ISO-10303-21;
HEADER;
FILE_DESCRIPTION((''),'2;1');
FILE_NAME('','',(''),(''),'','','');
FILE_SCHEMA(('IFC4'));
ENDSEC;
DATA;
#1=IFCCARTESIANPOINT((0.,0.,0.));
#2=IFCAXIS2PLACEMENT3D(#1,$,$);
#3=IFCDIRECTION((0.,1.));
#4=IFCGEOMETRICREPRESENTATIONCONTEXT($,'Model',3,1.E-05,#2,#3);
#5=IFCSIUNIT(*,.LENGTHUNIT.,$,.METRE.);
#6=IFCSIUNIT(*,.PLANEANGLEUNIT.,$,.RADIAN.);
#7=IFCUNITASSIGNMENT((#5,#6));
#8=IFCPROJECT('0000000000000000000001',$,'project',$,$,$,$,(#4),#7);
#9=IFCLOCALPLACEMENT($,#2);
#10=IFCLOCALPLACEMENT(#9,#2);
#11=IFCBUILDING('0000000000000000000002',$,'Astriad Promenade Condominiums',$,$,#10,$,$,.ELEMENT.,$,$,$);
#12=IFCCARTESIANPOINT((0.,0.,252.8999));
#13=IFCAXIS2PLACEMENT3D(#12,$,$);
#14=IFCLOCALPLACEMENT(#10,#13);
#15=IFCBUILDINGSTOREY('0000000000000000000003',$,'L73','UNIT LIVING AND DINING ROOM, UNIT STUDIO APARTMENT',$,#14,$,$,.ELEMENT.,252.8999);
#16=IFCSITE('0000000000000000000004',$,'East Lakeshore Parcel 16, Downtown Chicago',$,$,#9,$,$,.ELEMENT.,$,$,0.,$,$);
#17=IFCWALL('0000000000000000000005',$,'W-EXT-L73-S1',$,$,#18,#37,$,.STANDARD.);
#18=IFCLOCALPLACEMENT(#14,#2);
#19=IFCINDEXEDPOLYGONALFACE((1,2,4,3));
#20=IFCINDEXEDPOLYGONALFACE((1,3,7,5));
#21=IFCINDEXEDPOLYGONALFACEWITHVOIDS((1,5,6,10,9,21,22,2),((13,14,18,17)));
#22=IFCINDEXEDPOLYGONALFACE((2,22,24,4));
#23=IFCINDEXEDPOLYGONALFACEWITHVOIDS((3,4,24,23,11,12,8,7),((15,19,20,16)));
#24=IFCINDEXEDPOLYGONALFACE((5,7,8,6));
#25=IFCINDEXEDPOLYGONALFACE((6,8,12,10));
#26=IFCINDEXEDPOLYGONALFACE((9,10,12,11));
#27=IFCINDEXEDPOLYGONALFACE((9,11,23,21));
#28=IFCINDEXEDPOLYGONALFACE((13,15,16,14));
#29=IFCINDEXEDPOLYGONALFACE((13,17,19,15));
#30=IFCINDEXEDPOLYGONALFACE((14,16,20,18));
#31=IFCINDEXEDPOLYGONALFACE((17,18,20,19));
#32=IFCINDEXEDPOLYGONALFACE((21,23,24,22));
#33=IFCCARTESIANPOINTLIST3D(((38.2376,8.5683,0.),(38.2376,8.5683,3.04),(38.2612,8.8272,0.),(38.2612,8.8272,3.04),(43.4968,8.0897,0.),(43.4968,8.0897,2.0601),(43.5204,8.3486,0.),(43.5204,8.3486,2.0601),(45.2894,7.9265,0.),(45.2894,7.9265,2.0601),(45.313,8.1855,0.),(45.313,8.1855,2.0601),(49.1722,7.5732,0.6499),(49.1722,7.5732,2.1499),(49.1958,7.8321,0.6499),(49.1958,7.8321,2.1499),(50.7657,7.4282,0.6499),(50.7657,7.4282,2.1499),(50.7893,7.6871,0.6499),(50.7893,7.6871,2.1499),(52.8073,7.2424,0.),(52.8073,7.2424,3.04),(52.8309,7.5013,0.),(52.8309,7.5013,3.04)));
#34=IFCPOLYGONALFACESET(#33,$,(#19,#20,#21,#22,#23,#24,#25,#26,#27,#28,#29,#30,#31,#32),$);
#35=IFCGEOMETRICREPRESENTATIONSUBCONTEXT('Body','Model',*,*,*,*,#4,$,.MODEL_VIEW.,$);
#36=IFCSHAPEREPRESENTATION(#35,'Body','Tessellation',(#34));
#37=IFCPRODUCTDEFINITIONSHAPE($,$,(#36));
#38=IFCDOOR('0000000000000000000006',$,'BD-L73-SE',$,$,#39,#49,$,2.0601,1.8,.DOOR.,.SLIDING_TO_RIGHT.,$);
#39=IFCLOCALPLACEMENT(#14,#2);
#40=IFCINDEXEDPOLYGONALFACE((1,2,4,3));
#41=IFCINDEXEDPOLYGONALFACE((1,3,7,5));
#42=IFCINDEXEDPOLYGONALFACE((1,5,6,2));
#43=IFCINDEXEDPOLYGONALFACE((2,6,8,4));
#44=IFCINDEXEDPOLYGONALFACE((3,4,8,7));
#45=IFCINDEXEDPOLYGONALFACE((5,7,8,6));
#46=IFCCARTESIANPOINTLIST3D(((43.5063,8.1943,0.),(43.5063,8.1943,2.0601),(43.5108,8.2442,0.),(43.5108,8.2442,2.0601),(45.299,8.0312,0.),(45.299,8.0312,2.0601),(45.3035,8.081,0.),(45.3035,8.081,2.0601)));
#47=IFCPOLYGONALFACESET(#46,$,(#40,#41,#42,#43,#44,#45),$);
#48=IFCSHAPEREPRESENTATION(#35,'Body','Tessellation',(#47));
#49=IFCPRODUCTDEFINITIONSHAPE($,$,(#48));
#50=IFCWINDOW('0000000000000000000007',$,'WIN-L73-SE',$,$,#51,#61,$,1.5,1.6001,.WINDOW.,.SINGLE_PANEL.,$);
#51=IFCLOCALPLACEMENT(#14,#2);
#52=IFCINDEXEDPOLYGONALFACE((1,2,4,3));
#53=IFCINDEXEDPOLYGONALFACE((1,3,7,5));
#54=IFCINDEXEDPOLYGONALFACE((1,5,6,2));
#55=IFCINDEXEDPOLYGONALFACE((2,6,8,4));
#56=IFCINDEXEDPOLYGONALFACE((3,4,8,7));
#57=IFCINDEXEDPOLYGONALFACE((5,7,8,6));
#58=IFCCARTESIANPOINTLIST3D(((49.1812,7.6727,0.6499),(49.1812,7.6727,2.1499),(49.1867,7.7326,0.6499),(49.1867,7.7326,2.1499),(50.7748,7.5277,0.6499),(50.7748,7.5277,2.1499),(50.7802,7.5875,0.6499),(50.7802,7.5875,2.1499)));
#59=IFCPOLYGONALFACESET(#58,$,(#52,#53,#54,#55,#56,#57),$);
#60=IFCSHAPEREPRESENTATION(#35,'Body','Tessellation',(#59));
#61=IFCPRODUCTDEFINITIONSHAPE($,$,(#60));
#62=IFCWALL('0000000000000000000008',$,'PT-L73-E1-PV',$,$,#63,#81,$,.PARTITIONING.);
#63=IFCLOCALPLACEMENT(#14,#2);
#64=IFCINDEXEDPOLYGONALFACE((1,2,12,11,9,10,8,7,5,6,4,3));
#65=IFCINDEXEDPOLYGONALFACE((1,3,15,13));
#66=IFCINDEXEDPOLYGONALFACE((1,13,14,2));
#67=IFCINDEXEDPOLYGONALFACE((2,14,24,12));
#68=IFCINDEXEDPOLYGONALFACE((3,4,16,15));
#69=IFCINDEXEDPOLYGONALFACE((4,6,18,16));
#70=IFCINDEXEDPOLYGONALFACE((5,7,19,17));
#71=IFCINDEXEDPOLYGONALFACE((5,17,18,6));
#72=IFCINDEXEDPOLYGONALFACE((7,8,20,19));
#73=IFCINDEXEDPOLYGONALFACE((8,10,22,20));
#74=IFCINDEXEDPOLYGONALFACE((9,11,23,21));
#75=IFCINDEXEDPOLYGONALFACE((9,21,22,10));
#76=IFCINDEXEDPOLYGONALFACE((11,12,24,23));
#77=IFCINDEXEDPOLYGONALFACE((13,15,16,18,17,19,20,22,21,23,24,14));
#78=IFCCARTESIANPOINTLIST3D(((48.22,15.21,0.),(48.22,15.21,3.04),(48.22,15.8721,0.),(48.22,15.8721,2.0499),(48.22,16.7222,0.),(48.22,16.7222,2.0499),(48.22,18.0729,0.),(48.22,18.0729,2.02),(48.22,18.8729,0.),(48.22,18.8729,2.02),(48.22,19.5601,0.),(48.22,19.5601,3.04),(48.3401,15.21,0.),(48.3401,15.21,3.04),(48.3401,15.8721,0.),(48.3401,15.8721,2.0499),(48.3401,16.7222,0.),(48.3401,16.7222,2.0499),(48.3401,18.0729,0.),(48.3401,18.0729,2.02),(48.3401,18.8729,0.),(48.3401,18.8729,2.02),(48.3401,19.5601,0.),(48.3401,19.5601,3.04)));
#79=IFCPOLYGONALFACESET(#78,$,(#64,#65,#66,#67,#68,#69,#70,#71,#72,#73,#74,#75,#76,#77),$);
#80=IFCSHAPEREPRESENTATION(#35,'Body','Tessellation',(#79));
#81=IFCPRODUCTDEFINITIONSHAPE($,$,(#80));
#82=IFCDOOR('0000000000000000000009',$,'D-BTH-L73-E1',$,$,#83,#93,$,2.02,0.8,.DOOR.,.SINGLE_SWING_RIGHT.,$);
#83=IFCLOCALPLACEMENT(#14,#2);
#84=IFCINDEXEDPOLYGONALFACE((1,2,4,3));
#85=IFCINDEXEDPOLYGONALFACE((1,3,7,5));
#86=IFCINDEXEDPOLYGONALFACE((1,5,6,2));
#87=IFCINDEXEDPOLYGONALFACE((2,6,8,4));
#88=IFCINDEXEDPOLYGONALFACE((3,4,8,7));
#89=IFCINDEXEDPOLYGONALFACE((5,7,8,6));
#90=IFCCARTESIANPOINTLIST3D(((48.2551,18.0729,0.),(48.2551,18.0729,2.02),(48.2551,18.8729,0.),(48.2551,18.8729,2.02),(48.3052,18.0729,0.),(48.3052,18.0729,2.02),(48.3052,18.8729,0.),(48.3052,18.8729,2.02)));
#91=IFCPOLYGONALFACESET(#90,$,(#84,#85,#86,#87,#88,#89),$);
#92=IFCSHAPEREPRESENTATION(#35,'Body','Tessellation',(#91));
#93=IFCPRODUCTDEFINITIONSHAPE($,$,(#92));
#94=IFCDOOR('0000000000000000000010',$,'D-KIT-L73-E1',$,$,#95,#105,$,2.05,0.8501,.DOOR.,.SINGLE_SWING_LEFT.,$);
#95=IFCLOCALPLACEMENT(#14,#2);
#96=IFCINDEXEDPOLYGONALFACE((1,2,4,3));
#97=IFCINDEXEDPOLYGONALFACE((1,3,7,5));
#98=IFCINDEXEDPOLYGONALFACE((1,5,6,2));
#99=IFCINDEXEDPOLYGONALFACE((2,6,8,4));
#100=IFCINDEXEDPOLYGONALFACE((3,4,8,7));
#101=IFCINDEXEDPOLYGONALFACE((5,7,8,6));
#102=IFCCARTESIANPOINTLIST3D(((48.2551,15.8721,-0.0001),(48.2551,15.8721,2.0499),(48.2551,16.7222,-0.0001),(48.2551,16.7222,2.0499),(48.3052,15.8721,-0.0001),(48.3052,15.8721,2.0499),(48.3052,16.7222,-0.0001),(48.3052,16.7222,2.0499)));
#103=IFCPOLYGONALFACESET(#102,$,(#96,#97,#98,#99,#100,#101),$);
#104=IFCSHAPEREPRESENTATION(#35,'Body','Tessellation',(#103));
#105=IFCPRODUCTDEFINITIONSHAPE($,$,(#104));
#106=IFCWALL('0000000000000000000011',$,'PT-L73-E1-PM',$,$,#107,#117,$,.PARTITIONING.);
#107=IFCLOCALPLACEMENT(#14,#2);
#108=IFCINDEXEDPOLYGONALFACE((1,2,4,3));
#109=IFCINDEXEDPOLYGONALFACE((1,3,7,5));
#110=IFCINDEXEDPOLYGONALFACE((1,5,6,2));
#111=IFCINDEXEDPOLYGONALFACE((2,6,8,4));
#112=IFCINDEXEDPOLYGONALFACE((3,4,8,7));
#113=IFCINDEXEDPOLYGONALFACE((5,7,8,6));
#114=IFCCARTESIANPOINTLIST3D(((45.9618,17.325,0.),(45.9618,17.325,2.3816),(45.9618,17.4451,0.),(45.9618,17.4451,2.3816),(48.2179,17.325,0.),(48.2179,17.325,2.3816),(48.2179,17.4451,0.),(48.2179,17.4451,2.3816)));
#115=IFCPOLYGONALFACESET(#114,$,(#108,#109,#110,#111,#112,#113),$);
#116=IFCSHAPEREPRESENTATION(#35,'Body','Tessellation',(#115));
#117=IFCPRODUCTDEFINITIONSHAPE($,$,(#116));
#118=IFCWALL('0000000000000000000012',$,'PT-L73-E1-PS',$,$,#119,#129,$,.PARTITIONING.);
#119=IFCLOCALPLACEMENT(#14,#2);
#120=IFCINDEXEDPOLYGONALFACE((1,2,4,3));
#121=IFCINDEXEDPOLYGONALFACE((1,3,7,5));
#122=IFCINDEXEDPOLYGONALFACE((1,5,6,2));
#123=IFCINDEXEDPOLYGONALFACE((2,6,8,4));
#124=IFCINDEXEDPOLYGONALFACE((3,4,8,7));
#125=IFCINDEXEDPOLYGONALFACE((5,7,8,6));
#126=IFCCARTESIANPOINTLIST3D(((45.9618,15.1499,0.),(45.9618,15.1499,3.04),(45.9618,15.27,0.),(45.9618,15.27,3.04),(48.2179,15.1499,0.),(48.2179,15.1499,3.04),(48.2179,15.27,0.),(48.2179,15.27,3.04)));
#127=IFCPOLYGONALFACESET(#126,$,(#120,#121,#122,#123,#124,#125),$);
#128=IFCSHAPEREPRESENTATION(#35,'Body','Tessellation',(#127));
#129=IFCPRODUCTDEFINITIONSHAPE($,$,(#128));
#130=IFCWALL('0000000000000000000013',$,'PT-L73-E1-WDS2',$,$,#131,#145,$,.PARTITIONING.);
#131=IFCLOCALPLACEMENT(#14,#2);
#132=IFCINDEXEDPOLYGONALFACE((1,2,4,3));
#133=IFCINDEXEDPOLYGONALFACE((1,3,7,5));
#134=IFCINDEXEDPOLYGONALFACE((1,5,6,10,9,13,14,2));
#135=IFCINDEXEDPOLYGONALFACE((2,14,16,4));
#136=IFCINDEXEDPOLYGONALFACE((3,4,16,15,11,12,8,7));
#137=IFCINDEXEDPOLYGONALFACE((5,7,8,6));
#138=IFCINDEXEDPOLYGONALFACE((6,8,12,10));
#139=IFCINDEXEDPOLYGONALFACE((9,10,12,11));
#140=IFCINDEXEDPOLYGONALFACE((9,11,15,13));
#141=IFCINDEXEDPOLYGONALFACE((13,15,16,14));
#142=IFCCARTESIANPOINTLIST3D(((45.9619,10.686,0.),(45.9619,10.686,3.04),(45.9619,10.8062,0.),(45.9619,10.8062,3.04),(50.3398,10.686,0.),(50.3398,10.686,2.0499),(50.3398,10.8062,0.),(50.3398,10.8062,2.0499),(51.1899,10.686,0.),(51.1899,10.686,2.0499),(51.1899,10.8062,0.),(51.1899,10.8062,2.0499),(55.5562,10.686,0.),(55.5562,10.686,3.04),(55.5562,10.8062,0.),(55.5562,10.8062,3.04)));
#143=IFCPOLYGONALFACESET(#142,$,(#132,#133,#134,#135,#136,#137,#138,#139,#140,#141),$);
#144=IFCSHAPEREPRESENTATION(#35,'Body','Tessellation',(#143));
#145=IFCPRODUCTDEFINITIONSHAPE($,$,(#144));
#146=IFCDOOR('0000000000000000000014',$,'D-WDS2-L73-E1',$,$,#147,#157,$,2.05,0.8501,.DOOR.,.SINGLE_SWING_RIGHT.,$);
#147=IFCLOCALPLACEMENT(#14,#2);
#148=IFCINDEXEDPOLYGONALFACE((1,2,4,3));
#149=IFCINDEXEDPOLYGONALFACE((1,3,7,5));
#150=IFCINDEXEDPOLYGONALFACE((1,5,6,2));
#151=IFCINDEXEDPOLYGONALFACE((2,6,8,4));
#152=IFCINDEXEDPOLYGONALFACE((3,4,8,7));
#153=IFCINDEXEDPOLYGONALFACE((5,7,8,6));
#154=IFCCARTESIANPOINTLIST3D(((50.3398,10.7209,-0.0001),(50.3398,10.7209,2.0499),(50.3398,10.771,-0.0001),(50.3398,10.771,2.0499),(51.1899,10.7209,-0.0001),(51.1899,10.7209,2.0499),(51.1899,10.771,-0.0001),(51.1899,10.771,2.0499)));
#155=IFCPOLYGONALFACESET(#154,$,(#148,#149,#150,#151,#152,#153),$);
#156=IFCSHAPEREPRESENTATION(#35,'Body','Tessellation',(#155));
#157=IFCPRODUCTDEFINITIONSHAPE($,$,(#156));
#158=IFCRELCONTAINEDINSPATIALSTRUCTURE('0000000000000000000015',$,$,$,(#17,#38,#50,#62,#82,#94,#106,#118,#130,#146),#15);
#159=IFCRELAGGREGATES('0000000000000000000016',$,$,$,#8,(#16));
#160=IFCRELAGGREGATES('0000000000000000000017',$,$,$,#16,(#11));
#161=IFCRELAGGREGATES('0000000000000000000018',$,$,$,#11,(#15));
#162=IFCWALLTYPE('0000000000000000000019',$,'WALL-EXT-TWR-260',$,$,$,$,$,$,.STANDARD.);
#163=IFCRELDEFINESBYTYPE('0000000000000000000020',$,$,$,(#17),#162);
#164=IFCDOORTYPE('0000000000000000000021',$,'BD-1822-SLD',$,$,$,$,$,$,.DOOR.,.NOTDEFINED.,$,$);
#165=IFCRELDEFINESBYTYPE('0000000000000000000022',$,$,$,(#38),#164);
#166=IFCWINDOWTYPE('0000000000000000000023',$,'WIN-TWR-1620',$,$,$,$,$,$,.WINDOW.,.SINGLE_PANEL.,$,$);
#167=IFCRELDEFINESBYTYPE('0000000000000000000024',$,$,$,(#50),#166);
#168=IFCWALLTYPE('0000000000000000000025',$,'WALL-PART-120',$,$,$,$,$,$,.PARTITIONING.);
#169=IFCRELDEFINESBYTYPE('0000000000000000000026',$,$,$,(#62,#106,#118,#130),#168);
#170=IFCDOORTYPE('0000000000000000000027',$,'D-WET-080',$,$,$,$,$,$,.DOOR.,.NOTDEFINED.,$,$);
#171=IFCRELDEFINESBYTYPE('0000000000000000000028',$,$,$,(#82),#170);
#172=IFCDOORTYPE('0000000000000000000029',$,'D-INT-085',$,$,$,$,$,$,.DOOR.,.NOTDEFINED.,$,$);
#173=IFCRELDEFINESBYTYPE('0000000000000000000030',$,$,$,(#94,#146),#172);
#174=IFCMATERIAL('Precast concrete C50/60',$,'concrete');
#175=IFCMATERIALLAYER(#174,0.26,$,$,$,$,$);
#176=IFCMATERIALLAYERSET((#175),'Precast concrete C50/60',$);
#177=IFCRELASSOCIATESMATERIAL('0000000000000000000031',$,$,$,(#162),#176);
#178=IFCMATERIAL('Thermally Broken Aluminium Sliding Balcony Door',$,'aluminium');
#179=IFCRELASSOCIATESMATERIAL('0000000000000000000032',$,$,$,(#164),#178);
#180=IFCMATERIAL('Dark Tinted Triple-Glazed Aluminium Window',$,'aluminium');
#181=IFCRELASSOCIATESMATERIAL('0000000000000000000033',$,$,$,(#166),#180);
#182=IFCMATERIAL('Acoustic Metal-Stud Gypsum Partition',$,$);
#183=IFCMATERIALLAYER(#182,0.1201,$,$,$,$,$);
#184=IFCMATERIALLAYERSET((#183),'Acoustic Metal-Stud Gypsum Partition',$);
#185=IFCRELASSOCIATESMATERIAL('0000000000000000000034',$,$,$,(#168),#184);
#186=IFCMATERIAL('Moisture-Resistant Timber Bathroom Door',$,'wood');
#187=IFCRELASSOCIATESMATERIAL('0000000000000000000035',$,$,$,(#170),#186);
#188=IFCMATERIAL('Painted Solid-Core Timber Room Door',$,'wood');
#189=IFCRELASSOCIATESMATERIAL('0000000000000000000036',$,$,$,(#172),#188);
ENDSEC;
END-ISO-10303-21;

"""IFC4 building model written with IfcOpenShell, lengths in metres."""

from ifc_helpers import new_model, si_unit, direction, frame, frame_2d, origin, place, context, subcontext, project, spatial, rectangle, extrude, source, transform, mapped, material, layer, layer_set, type_object, type_shapes, element, fill, save


model = new_model("IFC4")

# Units and contexts
model_context = context("Model", 3, precision=1e-05, world=origin(), true_north=direction((0.0, 1.0)))
body_context = subcontext(model_context, "Body", "Model", "MODEL_VIEW")
ifc_project = project(units=[si_unit("LENGTHUNIT", "METRE"), si_unit("PLANEANGLEUNIT", "RADIAN")], contexts=[model_context])

# Site, building, storey
site_placement = place(None, origin())
site = spatial("IfcSite", under=ifc_project, at=site_placement, Name="East Lakeshore Parcel 16, Downtown Chicago", CompositionType="ELEMENT", RefElevation=0.0)
building_placement = place(site_placement, origin())
building = spatial("IfcBuilding", under=site, at=building_placement, Name="Astriad Promenade Condominiums", CompositionType="ELEMENT")
storey_placement = place(building_placement, frame((0.0, 0.0, 252.8999)))
storey = spatial("IfcBuildingStorey", under=building, at=storey_placement, Name="L73", Description="UNIT LIVING AND DINING ROOM, UNIT STUDIO APARTMENT", CompositionType="ELEMENT", Elevation=252.8999)

# Shared definitions
ifc_material_1 = material(Name="Precast concrete C50/60", Category="concrete")
ifc_layer_1 = layer(ifc_material_1, 0.26)
ifc_layer_set_1 = layer_set([ifc_layer_1], Name="Precast concrete C50/60")
wall_type_1 = type_object("IfcWallType", Name="WALL-EXT-TWR-260", PredefinedType="STANDARD", material=ifc_layer_set_1)

# Wall, openings, door, window
wall_1_placement = place(storey_placement, frame((52.8191, 7.3718, 0.0), z_axis=(0.0, 0.0, 1.0), x_axis=(-0.995884, 0.090632, 0.0)))
wall_1 = element("IfcWall", 1, at=wall_1_placement, inside=storey, type_object=wall_type_1, Name="W-EXT-L73-S1", PredefinedType="STANDARD", context=body_context, shape_type="SweptSolid", body=[
    extrude(rectangle(XDim=14.6299, YDim=0.26, at=frame_2d((7.3149, 0.0))), origin(), (0.0, 0.0, 1.0), 3.04),
])
opening_1_placement = place(wall_1_placement, frame((7.5491, 0.0, 0.0)))
opening_1 = element("IfcOpeningElement", 2, at=opening_1_placement, cuts=wall_1, PredefinedType="OPENING", context=body_context, shape_type="SweptSolid", body=[
    extrude(rectangle(XDim=1.8, YDim=2.0601, at=frame_2d((0.8999, 1.03))), frame((0.0, 0.1399, 0.0), z_axis=(0.0, -1.0, 0.0), x_axis=(1.0, 0.0, 0.0)), (0.0, 0.0, 1.0), 0.28),
])
opening_2_placement = place(wall_1_placement, frame((2.05, 0.0, 0.6499)))
opening_2 = element("IfcOpeningElement", 3, at=opening_2_placement, cuts=wall_1, PredefinedType="OPENING", context=body_context, shape_type="SweptSolid", body=[
    extrude(rectangle(XDim=1.6001, YDim=1.5, at=frame_2d((0.8, 0.75))), frame((0.0, 0.1399, 0.0), z_axis=(0.0, -1.0, 0.0), x_axis=(1.0, 0.0, 0.0)), (0.0, 0.0, 1.0), 0.28),
])
ifc_material_2 = material(Name="Thermally Broken Aluminium Sliding Balcony Door", Category="aluminium")
door_type_1 = type_object("IfcDoorType", Name="BD-1822-SLD", OperationType="NOTDEFINED", PredefinedType="DOOR", material=ifc_material_2)
shared_shape_1 = source(origin(), body_context, "Body", "SweptSolid", [
    extrude(rectangle(XDim=1.8, YDim=2.0601, at=frame_2d((0.8999, 1.03))), frame((0.0, 0.0249, 0.0), z_axis=(0.0, -1.0, 0.0), x_axis=(1.0, 0.0, 0.0)), (0.0, 0.0, 1.0), 0.05),
])
type_shapes(door_type_1, [shared_shape_1])
door_1_placement = place(opening_1_placement, origin())
door_1 = element("IfcDoor", 4, at=door_1_placement, inside=storey, type_object=door_type_1, Name="BD-L73-SE", OperationType="SLIDING_TO_RIGHT", OverallHeight=2.0601, OverallWidth=1.8, PredefinedType="DOOR", context=body_context, shape_type="MappedRepresentation", body=[
    mapped(shared_shape_1, transform((0.0, 0.0, 0.0), scale=1.0)),
])
fill(opening_1, door_1)
ifc_material_3 = material(Name="Dark Tinted Triple-Glazed Aluminium Window", Category="aluminium")
window_type = type_object("IfcWindowType", Name="WIN-TWR-1620", PartitioningType="SINGLE_PANEL", PredefinedType="WINDOW", material=ifc_material_3)
shared_shape_2 = source(origin(), body_context, "Body", "SweptSolid", [
    extrude(rectangle(XDim=1.6001, YDim=1.5, at=frame_2d((0.8, 0.75))), frame((0.0, 0.03, 0.0), z_axis=(0.0, -1.0, 0.0), x_axis=(1.0, 0.0, 0.0)), (0.0, 0.0, 1.0), 0.0601),
])
type_shapes(window_type, [shared_shape_2])
window_placement = place(opening_2_placement, origin())
window = element("IfcWindow", 5, at=window_placement, inside=storey, type_object=window_type, Name="WIN-L73-SE", OverallHeight=1.5, OverallWidth=1.6001, PartitioningType="SINGLE_PANEL", PredefinedType="WINDOW", context=body_context, shape_type="MappedRepresentation", body=[
    mapped(shared_shape_2, transform((0.0, 0.0, 0.0), scale=1.0)),
])
fill(opening_2, window)

# Wall, openings, doors
ifc_material_4 = material(Name="Acoustic Metal-Stud Gypsum Partition")
ifc_layer_2 = layer(ifc_material_4, 0.1201)
ifc_layer_set_2 = layer_set([ifc_layer_2], Name="Acoustic Metal-Stud Gypsum Partition")
wall_type_2 = type_object("IfcWallType", Name="WALL-PART-120", PredefinedType="PARTITIONING", material=ifc_layer_set_2)
wall_2_placement = place(storey_placement, frame((48.28, 15.21, 0.0), z_axis=(0.0, 0.0, 1.0), x_axis=(0.0, 1.0, 0.0)))
wall_2 = element("IfcWall", 6, at=wall_2_placement, inside=storey, type_object=wall_type_2, Name="PT-L73-E1-PV", PredefinedType="PARTITIONING", context=body_context, shape_type="SweptSolid", body=[
    extrude(rectangle(XDim=4.3501, YDim=0.1201, at=frame_2d((2.175, 0.0))), origin(), (0.0, 0.0, 1.0), 3.04),
])
opening_3_placement = place(wall_2_placement, frame((0.6621, 0.0, 0.0)))
opening_3 = element("IfcOpeningElement", 7, at=opening_3_placement, cuts=wall_2, PredefinedType="OPENING", context=body_context, shape_type="SweptSolid", body=[
    extrude(rectangle(XDim=0.8501, YDim=2.05, at=frame_2d((0.425, 1.0249))), frame((0.0, 0.0701, 0.0), z_axis=(0.0, -1.0, 0.0), x_axis=(1.0, 0.0, 0.0)), (0.0, 0.0, 1.0), 0.1401),
])
opening_4_placement = place(wall_2_placement, frame((2.863, 0.0, 0.0)))
opening_4 = element("IfcOpeningElement", 8, at=opening_4_placement, cuts=wall_2, PredefinedType="OPENING", context=body_context, shape_type="SweptSolid", body=[
    extrude(rectangle(XDim=0.8, YDim=2.02, at=frame_2d((0.3999, 1.01))), frame((0.0, 0.0701, 0.0), z_axis=(0.0, -1.0, 0.0), x_axis=(1.0, 0.0, 0.0)), (0.0, 0.0, 1.0), 0.1401),
])
ifc_material_5 = material(Name="Moisture-Resistant Timber Bathroom Door", Category="wood")
door_type_2 = type_object("IfcDoorType", Name="D-WET-080", OperationType="NOTDEFINED", PredefinedType="DOOR", material=ifc_material_5)
shared_shape_3 = source(origin(), body_context, "Body", "SweptSolid", [
    extrude(rectangle(XDim=0.8, YDim=2.02, at=frame_2d((0.3999, 1.01))), frame((0.0, 0.0249, 0.0), z_axis=(0.0, -1.0, 0.0), x_axis=(1.0, 0.0, 0.0)), (0.0, 0.0, 1.0), 0.05),
])
type_shapes(door_type_2, [shared_shape_3])
door_2_placement = place(opening_4_placement, origin())
door_2 = element("IfcDoor", 9, at=door_2_placement, inside=storey, type_object=door_type_2, Name="D-BTH-L73-E1", OperationType="SINGLE_SWING_RIGHT", OverallHeight=2.02, OverallWidth=0.8, PredefinedType="DOOR", context=body_context, shape_type="MappedRepresentation", body=[
    mapped(shared_shape_3, transform((0.0, 0.0, 0.0), scale=1.0)),
])
fill(opening_4, door_2)
ifc_material_6 = material(Name="Painted Solid-Core Timber Room Door", Category="wood")
door_type_3 = type_object("IfcDoorType", Name="D-INT-085", OperationType="NOTDEFINED", PredefinedType="DOOR", material=ifc_material_6)
shared_shape_4 = source(origin(), body_context, "Body", "SweptSolid", [
    extrude(rectangle(XDim=0.8501, YDim=2.05, at=frame_2d((0.425, 1.0249))), frame((0.0, 0.0249, 0.0), z_axis=(0.0, -1.0, 0.0), x_axis=(1.0, 0.0, 0.0)), (0.0, 0.0, 1.0), 0.05),
])
type_shapes(door_type_3, [shared_shape_4])
door_3_placement = place(opening_3_placement, origin())
door_3 = element("IfcDoor", 10, at=door_3_placement, inside=storey, type_object=door_type_3, Name="D-KIT-L73-E1", OperationType="SINGLE_SWING_LEFT", OverallHeight=2.05, OverallWidth=0.8501, PredefinedType="DOOR", context=body_context, shape_type="MappedRepresentation", body=[
    mapped(shared_shape_4, transform((0.0, 0.0, 0.0), scale=1.0)),
])
fill(opening_3, door_3)

# Walls
wall_3_placement = place(storey_placement, frame((45.9619, 17.385, 0.0), z_axis=(0.0, 0.0, 1.0), x_axis=(1.0, 0.0, 0.0)))
element("IfcWall", 11, at=wall_3_placement, inside=storey, type_object=wall_type_2, Name="PT-L73-E1-PM", PredefinedType="PARTITIONING", context=body_context, shape_type="SweptSolid", body=[
    extrude(rectangle(XDim=2.2561, YDim=0.1201, at=frame_2d((1.1279, 0.0))), origin(), (0.0, 0.0, 1.0), 2.3816),
])
wall_4_placement = place(storey_placement, frame((45.9619, 15.21, 0.0), z_axis=(0.0, 0.0, 1.0), x_axis=(1.0, 0.0, 0.0)))
element("IfcWall", 12, at=wall_4_placement, inside=storey, type_object=wall_type_2, Name="PT-L73-E1-PS", PredefinedType="PARTITIONING", context=body_context, shape_type="SweptSolid", body=[
    extrude(rectangle(XDim=2.2561, YDim=0.1201, at=frame_2d((1.1279, 0.0))), origin(), (0.0, 0.0, 1.0), 3.04),
])

# Wall, opening, door
wall_5_placement = place(storey_placement, frame((45.9619, 10.7461, 0.0), z_axis=(0.0, 0.0, 1.0), x_axis=(1.0, 0.0, 0.0)))
wall_5 = element("IfcWall", 13, at=wall_5_placement, inside=storey, type_object=wall_type_2, Name="PT-L73-E1-WDS2", PredefinedType="PARTITIONING", context=body_context, shape_type="SweptSolid", body=[
    extrude(rectangle(XDim=9.5942, YDim=0.1201, at=frame_2d((4.7971, 0.0))), origin(), (0.0, 0.0, 1.0), 3.04),
])
opening_5_placement = place(wall_5_placement, frame((4.3779, 0.0, 0.0)))
opening_5 = element("IfcOpeningElement", 14, at=opening_5_placement, cuts=wall_5, PredefinedType="OPENING", context=body_context, shape_type="SweptSolid", body=[
    extrude(rectangle(XDim=0.8501, YDim=2.05, at=frame_2d((0.425, 1.0249))), frame((0.0, 0.0701, 0.0), z_axis=(0.0, -1.0, 0.0), x_axis=(1.0, 0.0, 0.0)), (0.0, 0.0, 1.0), 0.1401),
])
door_4_placement = place(opening_5_placement, origin())
door_4 = element("IfcDoor", 15, at=door_4_placement, inside=storey, type_object=door_type_3, Name="D-WDS2-L73-E1", OperationType="SINGLE_SWING_RIGHT", OverallHeight=2.05, OverallWidth=0.8501, PredefinedType="DOOR", context=body_context, shape_type="MappedRepresentation", body=[
    mapped(shared_shape_4, transform((0.0, 0.0, 0.0), scale=1.0)),
])
fill(opening_5, door_4)

save(model, "model.ifc")
